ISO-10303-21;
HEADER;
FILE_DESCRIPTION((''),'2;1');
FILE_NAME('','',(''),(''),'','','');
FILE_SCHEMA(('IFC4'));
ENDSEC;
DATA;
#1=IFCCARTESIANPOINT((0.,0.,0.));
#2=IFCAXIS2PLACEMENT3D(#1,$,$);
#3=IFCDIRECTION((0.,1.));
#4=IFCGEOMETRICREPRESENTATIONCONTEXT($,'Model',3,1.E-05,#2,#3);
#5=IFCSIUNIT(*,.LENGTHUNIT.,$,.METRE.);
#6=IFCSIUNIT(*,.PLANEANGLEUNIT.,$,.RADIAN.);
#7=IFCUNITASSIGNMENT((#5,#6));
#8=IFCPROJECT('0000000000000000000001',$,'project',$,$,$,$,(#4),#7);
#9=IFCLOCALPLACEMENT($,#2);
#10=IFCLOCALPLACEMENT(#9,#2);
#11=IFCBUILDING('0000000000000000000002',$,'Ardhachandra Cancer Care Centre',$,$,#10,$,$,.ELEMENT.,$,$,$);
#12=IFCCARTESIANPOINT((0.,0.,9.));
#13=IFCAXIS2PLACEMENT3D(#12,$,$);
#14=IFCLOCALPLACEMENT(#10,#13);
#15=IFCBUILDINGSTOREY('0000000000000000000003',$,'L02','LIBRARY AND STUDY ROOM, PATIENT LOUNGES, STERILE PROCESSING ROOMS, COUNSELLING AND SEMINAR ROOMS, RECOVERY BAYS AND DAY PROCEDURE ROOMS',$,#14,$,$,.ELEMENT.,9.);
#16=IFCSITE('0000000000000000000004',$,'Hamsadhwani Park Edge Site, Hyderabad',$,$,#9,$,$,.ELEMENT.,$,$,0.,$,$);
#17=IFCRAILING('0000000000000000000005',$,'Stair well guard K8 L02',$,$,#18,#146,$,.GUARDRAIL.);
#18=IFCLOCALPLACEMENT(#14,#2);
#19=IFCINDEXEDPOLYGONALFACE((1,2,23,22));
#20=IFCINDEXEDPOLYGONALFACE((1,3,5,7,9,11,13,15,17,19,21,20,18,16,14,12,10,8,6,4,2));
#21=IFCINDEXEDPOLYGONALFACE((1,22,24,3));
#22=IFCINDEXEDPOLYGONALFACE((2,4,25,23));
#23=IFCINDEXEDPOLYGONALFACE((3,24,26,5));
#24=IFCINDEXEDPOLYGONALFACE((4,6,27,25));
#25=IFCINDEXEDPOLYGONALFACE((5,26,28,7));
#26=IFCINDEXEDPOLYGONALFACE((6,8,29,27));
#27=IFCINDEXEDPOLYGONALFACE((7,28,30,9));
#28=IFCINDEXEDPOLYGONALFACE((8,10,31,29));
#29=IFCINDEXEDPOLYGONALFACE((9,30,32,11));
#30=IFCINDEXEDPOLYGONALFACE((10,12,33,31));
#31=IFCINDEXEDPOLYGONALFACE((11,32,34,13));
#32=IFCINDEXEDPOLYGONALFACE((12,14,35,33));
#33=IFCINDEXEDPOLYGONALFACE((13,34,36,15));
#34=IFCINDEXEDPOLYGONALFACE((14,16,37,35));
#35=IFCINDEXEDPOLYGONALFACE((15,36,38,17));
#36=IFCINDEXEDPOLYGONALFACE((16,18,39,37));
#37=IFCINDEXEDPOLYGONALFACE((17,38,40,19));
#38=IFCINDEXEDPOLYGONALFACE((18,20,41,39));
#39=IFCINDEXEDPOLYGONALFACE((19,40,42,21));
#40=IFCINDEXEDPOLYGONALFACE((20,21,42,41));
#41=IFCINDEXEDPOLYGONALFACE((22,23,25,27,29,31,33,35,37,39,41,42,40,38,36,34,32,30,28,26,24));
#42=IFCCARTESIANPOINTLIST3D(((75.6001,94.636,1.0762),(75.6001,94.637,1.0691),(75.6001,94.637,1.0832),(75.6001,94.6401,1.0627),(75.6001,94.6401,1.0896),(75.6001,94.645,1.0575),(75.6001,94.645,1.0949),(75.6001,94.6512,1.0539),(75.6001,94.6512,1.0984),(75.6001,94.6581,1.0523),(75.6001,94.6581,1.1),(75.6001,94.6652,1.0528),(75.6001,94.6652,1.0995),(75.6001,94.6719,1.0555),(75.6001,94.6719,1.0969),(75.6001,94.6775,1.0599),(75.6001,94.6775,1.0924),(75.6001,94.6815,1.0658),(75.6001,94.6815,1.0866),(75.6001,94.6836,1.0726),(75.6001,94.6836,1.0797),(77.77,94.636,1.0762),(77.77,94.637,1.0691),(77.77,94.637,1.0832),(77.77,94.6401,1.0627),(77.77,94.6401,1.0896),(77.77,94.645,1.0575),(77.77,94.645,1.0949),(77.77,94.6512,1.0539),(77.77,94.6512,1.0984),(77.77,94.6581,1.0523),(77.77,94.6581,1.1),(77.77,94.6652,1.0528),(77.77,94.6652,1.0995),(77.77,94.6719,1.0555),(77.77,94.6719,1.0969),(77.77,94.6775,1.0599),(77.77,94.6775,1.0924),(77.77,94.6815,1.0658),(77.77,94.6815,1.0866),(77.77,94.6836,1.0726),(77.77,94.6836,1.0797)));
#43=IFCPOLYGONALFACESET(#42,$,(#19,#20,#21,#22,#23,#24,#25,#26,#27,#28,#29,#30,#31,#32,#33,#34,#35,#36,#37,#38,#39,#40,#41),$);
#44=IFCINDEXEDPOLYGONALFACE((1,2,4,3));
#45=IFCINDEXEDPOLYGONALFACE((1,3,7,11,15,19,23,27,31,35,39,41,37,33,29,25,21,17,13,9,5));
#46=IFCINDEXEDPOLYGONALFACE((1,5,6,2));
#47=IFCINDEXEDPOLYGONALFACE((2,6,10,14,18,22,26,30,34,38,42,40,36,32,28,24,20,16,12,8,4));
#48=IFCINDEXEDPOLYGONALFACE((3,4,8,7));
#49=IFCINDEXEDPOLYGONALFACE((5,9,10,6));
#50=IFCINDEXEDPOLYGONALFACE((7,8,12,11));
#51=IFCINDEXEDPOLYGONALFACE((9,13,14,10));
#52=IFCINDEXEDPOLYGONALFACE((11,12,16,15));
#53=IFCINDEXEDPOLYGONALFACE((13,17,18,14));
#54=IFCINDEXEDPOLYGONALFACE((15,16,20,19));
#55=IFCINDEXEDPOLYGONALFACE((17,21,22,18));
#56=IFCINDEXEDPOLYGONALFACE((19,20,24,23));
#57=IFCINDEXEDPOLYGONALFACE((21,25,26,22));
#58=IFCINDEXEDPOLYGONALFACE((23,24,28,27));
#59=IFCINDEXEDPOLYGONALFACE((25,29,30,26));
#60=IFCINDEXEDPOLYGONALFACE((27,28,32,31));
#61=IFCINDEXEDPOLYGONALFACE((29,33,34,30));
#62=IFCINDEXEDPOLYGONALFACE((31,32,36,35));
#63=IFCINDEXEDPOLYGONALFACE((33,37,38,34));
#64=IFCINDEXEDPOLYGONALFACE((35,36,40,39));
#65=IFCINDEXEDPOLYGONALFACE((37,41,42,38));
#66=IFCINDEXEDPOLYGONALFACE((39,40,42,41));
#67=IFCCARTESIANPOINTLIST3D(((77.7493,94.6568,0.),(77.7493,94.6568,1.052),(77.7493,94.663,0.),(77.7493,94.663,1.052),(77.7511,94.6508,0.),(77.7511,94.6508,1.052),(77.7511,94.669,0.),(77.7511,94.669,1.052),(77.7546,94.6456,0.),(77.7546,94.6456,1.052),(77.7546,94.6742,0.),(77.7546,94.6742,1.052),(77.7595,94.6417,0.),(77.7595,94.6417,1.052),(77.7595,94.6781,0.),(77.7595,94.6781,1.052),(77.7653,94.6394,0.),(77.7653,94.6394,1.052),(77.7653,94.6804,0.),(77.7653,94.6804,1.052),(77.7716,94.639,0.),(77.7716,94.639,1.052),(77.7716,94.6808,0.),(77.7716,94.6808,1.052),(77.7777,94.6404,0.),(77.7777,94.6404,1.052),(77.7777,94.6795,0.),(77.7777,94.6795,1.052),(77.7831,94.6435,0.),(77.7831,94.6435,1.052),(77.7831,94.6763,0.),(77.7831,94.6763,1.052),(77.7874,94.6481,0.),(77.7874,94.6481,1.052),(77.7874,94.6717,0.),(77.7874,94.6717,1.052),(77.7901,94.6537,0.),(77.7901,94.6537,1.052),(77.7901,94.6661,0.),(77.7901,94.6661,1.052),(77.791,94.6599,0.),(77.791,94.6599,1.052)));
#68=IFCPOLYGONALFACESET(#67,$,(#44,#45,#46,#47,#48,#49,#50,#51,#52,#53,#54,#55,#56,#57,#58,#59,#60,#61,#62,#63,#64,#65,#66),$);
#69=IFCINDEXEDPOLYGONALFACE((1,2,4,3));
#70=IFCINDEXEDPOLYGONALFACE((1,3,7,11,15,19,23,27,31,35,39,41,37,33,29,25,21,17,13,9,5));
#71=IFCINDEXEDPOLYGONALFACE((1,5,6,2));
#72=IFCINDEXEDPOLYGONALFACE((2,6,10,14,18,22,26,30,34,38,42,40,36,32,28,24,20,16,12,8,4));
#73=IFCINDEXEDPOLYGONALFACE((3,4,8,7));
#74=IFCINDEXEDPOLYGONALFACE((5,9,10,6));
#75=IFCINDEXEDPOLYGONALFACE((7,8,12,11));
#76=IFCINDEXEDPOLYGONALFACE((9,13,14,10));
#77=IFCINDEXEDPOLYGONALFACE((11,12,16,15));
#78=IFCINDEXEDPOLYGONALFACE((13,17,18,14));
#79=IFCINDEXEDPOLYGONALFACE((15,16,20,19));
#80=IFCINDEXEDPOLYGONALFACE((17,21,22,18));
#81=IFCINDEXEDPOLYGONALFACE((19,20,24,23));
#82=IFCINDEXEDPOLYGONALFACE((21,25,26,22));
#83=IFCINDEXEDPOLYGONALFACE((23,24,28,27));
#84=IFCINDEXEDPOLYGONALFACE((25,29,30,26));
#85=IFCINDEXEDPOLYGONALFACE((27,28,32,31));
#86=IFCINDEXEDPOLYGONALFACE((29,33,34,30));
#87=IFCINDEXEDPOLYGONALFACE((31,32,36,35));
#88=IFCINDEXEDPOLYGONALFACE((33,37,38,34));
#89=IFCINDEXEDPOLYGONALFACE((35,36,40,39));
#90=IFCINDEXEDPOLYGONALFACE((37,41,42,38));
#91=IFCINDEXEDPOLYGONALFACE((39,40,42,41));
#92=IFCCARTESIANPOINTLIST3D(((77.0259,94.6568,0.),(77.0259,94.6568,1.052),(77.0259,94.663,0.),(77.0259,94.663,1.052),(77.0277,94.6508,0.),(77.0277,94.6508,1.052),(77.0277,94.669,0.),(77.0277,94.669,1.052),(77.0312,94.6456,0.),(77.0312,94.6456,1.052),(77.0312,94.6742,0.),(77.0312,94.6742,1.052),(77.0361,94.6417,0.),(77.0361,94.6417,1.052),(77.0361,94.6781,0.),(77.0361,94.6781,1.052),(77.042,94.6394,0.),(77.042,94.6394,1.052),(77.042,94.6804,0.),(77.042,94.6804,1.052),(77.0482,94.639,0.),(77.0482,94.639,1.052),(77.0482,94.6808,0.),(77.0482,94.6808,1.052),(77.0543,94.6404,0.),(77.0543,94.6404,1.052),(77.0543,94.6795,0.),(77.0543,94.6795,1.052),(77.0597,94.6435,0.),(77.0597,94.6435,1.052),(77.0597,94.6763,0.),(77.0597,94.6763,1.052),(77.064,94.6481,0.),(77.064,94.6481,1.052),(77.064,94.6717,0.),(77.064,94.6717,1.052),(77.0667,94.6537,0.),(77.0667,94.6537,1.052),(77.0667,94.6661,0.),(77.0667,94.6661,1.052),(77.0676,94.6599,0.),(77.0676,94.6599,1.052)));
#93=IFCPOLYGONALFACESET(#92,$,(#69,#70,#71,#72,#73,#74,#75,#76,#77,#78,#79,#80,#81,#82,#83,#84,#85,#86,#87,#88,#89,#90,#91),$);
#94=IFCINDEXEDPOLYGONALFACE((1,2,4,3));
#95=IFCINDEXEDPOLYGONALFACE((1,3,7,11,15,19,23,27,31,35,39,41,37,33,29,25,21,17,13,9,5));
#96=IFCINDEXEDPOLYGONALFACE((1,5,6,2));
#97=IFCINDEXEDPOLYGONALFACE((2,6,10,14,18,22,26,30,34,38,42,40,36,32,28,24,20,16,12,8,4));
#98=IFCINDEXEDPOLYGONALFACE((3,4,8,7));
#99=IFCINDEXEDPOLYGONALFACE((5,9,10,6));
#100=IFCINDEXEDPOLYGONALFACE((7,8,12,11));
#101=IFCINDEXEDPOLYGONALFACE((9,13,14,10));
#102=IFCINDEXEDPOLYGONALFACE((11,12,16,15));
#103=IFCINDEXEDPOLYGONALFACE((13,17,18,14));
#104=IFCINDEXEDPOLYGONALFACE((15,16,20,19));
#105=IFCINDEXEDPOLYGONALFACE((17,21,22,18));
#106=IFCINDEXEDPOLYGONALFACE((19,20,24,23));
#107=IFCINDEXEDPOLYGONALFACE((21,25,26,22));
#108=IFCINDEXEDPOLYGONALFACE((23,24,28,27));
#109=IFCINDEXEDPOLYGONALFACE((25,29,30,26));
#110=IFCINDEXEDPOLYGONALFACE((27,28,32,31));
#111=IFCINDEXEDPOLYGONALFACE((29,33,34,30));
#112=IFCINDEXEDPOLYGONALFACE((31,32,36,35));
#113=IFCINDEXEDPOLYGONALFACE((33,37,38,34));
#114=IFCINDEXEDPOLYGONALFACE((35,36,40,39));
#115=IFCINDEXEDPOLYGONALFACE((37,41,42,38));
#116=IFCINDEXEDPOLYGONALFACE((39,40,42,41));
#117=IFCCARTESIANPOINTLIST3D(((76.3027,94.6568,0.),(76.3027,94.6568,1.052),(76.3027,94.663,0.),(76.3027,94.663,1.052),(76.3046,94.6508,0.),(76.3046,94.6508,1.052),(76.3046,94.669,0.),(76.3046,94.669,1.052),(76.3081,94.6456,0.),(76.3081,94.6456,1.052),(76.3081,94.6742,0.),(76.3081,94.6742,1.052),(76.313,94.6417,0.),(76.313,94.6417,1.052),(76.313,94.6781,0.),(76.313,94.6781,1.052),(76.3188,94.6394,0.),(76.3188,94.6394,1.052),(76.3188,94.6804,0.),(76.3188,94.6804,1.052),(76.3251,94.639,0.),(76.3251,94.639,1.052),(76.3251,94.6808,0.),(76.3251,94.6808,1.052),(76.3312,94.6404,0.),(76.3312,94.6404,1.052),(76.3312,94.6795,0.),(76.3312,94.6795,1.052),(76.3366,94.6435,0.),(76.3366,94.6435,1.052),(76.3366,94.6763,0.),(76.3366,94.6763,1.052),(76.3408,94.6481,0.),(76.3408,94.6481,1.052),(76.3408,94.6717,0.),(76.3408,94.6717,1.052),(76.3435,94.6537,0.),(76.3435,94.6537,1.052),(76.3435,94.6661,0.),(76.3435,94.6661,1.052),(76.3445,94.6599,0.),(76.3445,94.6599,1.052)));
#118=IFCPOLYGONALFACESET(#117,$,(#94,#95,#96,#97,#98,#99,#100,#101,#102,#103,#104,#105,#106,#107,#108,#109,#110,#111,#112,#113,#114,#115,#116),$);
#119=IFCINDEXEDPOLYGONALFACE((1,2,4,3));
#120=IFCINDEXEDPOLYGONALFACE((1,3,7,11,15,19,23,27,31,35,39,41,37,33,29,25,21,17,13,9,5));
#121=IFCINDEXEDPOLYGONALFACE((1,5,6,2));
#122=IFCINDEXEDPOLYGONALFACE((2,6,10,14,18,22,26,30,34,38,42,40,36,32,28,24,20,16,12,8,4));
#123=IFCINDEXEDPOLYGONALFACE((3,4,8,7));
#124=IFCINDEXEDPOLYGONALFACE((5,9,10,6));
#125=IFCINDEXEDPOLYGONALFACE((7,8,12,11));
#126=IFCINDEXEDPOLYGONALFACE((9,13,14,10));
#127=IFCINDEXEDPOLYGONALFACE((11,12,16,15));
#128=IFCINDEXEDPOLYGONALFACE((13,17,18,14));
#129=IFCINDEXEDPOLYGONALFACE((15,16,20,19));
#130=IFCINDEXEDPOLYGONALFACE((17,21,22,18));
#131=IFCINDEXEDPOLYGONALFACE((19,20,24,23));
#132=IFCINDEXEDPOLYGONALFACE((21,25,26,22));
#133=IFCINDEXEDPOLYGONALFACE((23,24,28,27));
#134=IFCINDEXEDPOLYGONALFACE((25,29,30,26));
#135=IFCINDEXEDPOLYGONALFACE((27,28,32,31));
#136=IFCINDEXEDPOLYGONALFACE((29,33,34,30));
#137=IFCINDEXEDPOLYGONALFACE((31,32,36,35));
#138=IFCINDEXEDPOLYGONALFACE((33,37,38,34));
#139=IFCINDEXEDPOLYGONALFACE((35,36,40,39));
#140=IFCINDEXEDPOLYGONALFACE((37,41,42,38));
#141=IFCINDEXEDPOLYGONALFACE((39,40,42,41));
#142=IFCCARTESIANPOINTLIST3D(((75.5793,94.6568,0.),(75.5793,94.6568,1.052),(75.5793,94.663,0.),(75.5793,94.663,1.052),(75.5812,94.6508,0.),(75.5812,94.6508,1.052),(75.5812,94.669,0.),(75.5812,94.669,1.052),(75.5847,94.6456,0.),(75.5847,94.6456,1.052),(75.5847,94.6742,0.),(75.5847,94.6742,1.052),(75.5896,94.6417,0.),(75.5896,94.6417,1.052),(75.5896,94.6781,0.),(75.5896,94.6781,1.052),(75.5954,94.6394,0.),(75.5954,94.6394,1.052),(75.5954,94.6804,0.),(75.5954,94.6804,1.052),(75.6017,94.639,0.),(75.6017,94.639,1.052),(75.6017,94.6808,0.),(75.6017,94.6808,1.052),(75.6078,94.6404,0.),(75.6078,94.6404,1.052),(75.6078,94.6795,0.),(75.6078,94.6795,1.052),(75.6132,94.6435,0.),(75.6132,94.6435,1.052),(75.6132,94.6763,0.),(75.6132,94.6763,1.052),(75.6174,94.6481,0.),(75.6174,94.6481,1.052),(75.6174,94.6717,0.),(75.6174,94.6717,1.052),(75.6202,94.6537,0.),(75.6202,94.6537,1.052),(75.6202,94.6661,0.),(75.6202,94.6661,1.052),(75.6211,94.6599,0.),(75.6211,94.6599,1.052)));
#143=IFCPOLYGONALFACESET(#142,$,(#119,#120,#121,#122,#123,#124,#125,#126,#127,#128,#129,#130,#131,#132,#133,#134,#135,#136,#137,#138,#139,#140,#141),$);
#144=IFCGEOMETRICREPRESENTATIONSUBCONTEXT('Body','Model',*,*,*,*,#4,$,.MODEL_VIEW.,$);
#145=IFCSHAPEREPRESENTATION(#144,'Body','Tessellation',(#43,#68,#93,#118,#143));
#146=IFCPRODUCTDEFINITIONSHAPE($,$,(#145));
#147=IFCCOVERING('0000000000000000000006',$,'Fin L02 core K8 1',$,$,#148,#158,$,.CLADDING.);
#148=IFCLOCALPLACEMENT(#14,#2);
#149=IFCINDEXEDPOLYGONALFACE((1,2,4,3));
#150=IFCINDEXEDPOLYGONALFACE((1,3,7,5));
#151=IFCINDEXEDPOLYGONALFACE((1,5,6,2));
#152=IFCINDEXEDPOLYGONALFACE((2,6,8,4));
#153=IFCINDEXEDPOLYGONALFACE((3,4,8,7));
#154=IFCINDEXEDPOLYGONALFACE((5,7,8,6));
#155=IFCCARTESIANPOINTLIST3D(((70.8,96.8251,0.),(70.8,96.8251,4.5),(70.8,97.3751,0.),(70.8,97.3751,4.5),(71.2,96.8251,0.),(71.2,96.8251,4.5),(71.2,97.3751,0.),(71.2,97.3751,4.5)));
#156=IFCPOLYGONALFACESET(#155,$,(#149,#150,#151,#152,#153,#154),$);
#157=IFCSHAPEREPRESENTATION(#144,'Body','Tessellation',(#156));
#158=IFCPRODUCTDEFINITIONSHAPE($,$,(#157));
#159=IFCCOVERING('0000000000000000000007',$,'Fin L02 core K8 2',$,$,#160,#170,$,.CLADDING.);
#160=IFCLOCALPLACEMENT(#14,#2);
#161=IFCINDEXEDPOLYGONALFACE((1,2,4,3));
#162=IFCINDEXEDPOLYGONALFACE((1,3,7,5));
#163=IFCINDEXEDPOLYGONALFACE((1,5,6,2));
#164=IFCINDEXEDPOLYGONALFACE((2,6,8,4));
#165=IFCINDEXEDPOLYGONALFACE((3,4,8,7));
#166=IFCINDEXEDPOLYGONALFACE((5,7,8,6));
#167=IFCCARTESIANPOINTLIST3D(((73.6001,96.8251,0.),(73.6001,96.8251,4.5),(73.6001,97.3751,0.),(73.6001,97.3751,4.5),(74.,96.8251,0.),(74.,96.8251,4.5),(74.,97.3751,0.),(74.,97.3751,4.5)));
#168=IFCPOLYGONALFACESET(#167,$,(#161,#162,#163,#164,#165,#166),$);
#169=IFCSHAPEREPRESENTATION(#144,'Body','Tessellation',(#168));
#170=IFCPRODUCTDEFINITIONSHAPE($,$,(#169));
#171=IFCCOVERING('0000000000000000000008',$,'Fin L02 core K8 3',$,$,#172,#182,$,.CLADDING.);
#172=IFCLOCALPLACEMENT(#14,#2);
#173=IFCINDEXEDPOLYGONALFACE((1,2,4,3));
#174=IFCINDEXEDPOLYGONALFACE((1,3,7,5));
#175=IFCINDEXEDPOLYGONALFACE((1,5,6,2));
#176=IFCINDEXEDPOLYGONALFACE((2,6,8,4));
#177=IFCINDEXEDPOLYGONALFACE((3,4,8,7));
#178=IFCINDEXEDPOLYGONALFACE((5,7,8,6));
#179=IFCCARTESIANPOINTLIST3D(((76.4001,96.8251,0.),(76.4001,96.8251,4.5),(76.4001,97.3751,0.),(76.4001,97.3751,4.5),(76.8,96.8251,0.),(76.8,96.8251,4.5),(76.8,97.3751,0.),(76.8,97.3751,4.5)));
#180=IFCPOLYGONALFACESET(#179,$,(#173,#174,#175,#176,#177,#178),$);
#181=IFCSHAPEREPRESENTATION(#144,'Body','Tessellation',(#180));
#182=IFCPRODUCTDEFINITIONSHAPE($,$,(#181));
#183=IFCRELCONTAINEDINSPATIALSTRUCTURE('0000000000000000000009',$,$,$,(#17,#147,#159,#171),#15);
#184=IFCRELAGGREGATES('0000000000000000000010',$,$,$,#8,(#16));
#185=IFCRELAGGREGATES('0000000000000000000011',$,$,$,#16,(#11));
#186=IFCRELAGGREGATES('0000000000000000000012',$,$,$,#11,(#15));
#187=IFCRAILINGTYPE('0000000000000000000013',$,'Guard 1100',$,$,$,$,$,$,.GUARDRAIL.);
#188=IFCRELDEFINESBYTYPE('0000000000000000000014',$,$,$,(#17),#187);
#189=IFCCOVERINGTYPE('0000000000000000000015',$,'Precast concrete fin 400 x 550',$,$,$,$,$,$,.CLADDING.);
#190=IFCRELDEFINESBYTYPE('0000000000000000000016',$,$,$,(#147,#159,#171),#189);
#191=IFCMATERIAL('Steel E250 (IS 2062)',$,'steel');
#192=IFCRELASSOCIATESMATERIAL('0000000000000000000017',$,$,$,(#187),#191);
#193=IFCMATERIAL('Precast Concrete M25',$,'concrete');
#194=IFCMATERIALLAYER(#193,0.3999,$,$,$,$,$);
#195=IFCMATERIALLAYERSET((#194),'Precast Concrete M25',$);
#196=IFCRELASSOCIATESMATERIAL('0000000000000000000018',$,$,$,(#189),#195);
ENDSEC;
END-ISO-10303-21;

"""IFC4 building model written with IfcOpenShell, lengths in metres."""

from ifc_helpers import new_model, si_unit, direction, frame, origin, origin_2d, place, context, subcontext, project, spatial, rectangle, circle, extrude, material, layer, layer_set, type_object, element, save


model = new_model("IFC4")

# Units and contexts
model_context = context("Model", 3, precision=1e-05, world=origin(), true_north=direction((0.0, 1.0)))
body_context = subcontext(model_context, "Body", "Model", "MODEL_VIEW")
ifc_project = project(units=[si_unit("LENGTHUNIT", "METRE"), si_unit("PLANEANGLEUNIT", "RADIAN")], contexts=[model_context])

# Site, building, storey
site_placement = place(None, origin())
site = spatial("IfcSite", under=ifc_project, at=site_placement, Name="Hamsadhwani Park Edge Site, Hyderabad", CompositionType="ELEMENT", RefElevation=0.0)
building_placement = place(site_placement, origin())
building = spatial("IfcBuilding", under=site, at=building_placement, Name="Ardhachandra Cancer Care Centre", CompositionType="ELEMENT")
storey_placement = place(building_placement, frame((0.0, 0.0, 9.0)))
storey = spatial("IfcBuildingStorey", under=building, at=storey_placement, Name="L02", Description="LIBRARY AND STUDY ROOM, PATIENT LOUNGES, STERILE PROCESSING ROOMS, COUNSELLING AND SEMINAR ROOMS, RECOVERY BAYS AND DAY PROCEDURE ROOMS", CompositionType="ELEMENT", Elevation=9.0)

# Railing
ifc_material_1 = material(Name="Steel E250 (IS 2062)", Category="steel")
railing_type_1 = type_object("IfcRailingType", Name="Guard 1100", PredefinedType="GUARDRAIL", material=ifc_material_1)
railing_placement = place(storey_placement, frame((77.77, 94.6599, 0.0)))
element("IfcRailing", 1, at=railing_placement, inside=storey, type_object=railing_type_1, Name="Stair well guard K8 L02", PredefinedType="GUARDRAIL", context=body_context, shape_type="SweptSolid", body=[
    extrude(circle(Radius=0.0239, at=origin_2d()), frame((0.0, 0.0, 1.0762), z_axis=(-1.0, 0.0, 0.0), x_axis=(0.0, -1.0, 0.0)), (0.0, 0.0, 1.0), 2.1699),
    extrude(circle(Radius=0.021, at=origin_2d()), origin(), (0.0, 0.0, 1.0), 1.052),
    extrude(circle(Radius=0.021, at=origin_2d()), frame((-0.7234, 0.0, 0.0)), (0.0, 0.0, 1.0), 1.052),
    extrude(circle(Radius=0.021, at=origin_2d()), frame((-1.4465, 0.0, 0.0)), (0.0, 0.0, 1.0), 1.052),
    extrude(circle(Radius=0.021, at=origin_2d()), frame((-2.1699, 0.0, 0.0)), (0.0, 0.0, 1.0), 1.052),
])

# Coverings
ifc_material_2 = material(Name="Precast Concrete M25", Category="concrete")
ifc_layer_1 = layer(ifc_material_2, 0.3999)
ifc_layer_set_1 = layer_set([ifc_layer_1], Name="Precast Concrete M25")
covering_type = type_object("IfcCoveringType", Name="Precast concrete fin 400 x 550", PredefinedType="CLADDING", material=ifc_layer_set_1)
for number, where, z_axis, x_axis, name in (
    (2, (71.0, 97.1001, 0.0), (0.0, 0.0, 1.0), (1.0, 0.0, 0.0), "Fin L02 core K8 1"),
    (3, (73.8, 97.1001, 0.0), (0.0, 0.0, 1.0), (1.0, 0.0, 0.0), "Fin L02 core K8 2"),
    (4, (76.6001, 97.1001, 0.0), (0.0, 0.0, 1.0), (1.0, 0.0, 0.0), "Fin L02 core K8 3"),
):
    element("IfcCovering", number, at=place(storey_placement, frame(where, z_axis=z_axis, x_axis=x_axis)), inside=storey, type_object=covering_type, Name=name, PredefinedType="CLADDING", context=body_context, shape_type="SweptSolid", body=[
        extrude(rectangle(XDim=0.3999, YDim=0.55, at=origin_2d()), origin(), (0.0, 0.0, 1.0), 4.5),
    ])

save(model, "model.ifc")
